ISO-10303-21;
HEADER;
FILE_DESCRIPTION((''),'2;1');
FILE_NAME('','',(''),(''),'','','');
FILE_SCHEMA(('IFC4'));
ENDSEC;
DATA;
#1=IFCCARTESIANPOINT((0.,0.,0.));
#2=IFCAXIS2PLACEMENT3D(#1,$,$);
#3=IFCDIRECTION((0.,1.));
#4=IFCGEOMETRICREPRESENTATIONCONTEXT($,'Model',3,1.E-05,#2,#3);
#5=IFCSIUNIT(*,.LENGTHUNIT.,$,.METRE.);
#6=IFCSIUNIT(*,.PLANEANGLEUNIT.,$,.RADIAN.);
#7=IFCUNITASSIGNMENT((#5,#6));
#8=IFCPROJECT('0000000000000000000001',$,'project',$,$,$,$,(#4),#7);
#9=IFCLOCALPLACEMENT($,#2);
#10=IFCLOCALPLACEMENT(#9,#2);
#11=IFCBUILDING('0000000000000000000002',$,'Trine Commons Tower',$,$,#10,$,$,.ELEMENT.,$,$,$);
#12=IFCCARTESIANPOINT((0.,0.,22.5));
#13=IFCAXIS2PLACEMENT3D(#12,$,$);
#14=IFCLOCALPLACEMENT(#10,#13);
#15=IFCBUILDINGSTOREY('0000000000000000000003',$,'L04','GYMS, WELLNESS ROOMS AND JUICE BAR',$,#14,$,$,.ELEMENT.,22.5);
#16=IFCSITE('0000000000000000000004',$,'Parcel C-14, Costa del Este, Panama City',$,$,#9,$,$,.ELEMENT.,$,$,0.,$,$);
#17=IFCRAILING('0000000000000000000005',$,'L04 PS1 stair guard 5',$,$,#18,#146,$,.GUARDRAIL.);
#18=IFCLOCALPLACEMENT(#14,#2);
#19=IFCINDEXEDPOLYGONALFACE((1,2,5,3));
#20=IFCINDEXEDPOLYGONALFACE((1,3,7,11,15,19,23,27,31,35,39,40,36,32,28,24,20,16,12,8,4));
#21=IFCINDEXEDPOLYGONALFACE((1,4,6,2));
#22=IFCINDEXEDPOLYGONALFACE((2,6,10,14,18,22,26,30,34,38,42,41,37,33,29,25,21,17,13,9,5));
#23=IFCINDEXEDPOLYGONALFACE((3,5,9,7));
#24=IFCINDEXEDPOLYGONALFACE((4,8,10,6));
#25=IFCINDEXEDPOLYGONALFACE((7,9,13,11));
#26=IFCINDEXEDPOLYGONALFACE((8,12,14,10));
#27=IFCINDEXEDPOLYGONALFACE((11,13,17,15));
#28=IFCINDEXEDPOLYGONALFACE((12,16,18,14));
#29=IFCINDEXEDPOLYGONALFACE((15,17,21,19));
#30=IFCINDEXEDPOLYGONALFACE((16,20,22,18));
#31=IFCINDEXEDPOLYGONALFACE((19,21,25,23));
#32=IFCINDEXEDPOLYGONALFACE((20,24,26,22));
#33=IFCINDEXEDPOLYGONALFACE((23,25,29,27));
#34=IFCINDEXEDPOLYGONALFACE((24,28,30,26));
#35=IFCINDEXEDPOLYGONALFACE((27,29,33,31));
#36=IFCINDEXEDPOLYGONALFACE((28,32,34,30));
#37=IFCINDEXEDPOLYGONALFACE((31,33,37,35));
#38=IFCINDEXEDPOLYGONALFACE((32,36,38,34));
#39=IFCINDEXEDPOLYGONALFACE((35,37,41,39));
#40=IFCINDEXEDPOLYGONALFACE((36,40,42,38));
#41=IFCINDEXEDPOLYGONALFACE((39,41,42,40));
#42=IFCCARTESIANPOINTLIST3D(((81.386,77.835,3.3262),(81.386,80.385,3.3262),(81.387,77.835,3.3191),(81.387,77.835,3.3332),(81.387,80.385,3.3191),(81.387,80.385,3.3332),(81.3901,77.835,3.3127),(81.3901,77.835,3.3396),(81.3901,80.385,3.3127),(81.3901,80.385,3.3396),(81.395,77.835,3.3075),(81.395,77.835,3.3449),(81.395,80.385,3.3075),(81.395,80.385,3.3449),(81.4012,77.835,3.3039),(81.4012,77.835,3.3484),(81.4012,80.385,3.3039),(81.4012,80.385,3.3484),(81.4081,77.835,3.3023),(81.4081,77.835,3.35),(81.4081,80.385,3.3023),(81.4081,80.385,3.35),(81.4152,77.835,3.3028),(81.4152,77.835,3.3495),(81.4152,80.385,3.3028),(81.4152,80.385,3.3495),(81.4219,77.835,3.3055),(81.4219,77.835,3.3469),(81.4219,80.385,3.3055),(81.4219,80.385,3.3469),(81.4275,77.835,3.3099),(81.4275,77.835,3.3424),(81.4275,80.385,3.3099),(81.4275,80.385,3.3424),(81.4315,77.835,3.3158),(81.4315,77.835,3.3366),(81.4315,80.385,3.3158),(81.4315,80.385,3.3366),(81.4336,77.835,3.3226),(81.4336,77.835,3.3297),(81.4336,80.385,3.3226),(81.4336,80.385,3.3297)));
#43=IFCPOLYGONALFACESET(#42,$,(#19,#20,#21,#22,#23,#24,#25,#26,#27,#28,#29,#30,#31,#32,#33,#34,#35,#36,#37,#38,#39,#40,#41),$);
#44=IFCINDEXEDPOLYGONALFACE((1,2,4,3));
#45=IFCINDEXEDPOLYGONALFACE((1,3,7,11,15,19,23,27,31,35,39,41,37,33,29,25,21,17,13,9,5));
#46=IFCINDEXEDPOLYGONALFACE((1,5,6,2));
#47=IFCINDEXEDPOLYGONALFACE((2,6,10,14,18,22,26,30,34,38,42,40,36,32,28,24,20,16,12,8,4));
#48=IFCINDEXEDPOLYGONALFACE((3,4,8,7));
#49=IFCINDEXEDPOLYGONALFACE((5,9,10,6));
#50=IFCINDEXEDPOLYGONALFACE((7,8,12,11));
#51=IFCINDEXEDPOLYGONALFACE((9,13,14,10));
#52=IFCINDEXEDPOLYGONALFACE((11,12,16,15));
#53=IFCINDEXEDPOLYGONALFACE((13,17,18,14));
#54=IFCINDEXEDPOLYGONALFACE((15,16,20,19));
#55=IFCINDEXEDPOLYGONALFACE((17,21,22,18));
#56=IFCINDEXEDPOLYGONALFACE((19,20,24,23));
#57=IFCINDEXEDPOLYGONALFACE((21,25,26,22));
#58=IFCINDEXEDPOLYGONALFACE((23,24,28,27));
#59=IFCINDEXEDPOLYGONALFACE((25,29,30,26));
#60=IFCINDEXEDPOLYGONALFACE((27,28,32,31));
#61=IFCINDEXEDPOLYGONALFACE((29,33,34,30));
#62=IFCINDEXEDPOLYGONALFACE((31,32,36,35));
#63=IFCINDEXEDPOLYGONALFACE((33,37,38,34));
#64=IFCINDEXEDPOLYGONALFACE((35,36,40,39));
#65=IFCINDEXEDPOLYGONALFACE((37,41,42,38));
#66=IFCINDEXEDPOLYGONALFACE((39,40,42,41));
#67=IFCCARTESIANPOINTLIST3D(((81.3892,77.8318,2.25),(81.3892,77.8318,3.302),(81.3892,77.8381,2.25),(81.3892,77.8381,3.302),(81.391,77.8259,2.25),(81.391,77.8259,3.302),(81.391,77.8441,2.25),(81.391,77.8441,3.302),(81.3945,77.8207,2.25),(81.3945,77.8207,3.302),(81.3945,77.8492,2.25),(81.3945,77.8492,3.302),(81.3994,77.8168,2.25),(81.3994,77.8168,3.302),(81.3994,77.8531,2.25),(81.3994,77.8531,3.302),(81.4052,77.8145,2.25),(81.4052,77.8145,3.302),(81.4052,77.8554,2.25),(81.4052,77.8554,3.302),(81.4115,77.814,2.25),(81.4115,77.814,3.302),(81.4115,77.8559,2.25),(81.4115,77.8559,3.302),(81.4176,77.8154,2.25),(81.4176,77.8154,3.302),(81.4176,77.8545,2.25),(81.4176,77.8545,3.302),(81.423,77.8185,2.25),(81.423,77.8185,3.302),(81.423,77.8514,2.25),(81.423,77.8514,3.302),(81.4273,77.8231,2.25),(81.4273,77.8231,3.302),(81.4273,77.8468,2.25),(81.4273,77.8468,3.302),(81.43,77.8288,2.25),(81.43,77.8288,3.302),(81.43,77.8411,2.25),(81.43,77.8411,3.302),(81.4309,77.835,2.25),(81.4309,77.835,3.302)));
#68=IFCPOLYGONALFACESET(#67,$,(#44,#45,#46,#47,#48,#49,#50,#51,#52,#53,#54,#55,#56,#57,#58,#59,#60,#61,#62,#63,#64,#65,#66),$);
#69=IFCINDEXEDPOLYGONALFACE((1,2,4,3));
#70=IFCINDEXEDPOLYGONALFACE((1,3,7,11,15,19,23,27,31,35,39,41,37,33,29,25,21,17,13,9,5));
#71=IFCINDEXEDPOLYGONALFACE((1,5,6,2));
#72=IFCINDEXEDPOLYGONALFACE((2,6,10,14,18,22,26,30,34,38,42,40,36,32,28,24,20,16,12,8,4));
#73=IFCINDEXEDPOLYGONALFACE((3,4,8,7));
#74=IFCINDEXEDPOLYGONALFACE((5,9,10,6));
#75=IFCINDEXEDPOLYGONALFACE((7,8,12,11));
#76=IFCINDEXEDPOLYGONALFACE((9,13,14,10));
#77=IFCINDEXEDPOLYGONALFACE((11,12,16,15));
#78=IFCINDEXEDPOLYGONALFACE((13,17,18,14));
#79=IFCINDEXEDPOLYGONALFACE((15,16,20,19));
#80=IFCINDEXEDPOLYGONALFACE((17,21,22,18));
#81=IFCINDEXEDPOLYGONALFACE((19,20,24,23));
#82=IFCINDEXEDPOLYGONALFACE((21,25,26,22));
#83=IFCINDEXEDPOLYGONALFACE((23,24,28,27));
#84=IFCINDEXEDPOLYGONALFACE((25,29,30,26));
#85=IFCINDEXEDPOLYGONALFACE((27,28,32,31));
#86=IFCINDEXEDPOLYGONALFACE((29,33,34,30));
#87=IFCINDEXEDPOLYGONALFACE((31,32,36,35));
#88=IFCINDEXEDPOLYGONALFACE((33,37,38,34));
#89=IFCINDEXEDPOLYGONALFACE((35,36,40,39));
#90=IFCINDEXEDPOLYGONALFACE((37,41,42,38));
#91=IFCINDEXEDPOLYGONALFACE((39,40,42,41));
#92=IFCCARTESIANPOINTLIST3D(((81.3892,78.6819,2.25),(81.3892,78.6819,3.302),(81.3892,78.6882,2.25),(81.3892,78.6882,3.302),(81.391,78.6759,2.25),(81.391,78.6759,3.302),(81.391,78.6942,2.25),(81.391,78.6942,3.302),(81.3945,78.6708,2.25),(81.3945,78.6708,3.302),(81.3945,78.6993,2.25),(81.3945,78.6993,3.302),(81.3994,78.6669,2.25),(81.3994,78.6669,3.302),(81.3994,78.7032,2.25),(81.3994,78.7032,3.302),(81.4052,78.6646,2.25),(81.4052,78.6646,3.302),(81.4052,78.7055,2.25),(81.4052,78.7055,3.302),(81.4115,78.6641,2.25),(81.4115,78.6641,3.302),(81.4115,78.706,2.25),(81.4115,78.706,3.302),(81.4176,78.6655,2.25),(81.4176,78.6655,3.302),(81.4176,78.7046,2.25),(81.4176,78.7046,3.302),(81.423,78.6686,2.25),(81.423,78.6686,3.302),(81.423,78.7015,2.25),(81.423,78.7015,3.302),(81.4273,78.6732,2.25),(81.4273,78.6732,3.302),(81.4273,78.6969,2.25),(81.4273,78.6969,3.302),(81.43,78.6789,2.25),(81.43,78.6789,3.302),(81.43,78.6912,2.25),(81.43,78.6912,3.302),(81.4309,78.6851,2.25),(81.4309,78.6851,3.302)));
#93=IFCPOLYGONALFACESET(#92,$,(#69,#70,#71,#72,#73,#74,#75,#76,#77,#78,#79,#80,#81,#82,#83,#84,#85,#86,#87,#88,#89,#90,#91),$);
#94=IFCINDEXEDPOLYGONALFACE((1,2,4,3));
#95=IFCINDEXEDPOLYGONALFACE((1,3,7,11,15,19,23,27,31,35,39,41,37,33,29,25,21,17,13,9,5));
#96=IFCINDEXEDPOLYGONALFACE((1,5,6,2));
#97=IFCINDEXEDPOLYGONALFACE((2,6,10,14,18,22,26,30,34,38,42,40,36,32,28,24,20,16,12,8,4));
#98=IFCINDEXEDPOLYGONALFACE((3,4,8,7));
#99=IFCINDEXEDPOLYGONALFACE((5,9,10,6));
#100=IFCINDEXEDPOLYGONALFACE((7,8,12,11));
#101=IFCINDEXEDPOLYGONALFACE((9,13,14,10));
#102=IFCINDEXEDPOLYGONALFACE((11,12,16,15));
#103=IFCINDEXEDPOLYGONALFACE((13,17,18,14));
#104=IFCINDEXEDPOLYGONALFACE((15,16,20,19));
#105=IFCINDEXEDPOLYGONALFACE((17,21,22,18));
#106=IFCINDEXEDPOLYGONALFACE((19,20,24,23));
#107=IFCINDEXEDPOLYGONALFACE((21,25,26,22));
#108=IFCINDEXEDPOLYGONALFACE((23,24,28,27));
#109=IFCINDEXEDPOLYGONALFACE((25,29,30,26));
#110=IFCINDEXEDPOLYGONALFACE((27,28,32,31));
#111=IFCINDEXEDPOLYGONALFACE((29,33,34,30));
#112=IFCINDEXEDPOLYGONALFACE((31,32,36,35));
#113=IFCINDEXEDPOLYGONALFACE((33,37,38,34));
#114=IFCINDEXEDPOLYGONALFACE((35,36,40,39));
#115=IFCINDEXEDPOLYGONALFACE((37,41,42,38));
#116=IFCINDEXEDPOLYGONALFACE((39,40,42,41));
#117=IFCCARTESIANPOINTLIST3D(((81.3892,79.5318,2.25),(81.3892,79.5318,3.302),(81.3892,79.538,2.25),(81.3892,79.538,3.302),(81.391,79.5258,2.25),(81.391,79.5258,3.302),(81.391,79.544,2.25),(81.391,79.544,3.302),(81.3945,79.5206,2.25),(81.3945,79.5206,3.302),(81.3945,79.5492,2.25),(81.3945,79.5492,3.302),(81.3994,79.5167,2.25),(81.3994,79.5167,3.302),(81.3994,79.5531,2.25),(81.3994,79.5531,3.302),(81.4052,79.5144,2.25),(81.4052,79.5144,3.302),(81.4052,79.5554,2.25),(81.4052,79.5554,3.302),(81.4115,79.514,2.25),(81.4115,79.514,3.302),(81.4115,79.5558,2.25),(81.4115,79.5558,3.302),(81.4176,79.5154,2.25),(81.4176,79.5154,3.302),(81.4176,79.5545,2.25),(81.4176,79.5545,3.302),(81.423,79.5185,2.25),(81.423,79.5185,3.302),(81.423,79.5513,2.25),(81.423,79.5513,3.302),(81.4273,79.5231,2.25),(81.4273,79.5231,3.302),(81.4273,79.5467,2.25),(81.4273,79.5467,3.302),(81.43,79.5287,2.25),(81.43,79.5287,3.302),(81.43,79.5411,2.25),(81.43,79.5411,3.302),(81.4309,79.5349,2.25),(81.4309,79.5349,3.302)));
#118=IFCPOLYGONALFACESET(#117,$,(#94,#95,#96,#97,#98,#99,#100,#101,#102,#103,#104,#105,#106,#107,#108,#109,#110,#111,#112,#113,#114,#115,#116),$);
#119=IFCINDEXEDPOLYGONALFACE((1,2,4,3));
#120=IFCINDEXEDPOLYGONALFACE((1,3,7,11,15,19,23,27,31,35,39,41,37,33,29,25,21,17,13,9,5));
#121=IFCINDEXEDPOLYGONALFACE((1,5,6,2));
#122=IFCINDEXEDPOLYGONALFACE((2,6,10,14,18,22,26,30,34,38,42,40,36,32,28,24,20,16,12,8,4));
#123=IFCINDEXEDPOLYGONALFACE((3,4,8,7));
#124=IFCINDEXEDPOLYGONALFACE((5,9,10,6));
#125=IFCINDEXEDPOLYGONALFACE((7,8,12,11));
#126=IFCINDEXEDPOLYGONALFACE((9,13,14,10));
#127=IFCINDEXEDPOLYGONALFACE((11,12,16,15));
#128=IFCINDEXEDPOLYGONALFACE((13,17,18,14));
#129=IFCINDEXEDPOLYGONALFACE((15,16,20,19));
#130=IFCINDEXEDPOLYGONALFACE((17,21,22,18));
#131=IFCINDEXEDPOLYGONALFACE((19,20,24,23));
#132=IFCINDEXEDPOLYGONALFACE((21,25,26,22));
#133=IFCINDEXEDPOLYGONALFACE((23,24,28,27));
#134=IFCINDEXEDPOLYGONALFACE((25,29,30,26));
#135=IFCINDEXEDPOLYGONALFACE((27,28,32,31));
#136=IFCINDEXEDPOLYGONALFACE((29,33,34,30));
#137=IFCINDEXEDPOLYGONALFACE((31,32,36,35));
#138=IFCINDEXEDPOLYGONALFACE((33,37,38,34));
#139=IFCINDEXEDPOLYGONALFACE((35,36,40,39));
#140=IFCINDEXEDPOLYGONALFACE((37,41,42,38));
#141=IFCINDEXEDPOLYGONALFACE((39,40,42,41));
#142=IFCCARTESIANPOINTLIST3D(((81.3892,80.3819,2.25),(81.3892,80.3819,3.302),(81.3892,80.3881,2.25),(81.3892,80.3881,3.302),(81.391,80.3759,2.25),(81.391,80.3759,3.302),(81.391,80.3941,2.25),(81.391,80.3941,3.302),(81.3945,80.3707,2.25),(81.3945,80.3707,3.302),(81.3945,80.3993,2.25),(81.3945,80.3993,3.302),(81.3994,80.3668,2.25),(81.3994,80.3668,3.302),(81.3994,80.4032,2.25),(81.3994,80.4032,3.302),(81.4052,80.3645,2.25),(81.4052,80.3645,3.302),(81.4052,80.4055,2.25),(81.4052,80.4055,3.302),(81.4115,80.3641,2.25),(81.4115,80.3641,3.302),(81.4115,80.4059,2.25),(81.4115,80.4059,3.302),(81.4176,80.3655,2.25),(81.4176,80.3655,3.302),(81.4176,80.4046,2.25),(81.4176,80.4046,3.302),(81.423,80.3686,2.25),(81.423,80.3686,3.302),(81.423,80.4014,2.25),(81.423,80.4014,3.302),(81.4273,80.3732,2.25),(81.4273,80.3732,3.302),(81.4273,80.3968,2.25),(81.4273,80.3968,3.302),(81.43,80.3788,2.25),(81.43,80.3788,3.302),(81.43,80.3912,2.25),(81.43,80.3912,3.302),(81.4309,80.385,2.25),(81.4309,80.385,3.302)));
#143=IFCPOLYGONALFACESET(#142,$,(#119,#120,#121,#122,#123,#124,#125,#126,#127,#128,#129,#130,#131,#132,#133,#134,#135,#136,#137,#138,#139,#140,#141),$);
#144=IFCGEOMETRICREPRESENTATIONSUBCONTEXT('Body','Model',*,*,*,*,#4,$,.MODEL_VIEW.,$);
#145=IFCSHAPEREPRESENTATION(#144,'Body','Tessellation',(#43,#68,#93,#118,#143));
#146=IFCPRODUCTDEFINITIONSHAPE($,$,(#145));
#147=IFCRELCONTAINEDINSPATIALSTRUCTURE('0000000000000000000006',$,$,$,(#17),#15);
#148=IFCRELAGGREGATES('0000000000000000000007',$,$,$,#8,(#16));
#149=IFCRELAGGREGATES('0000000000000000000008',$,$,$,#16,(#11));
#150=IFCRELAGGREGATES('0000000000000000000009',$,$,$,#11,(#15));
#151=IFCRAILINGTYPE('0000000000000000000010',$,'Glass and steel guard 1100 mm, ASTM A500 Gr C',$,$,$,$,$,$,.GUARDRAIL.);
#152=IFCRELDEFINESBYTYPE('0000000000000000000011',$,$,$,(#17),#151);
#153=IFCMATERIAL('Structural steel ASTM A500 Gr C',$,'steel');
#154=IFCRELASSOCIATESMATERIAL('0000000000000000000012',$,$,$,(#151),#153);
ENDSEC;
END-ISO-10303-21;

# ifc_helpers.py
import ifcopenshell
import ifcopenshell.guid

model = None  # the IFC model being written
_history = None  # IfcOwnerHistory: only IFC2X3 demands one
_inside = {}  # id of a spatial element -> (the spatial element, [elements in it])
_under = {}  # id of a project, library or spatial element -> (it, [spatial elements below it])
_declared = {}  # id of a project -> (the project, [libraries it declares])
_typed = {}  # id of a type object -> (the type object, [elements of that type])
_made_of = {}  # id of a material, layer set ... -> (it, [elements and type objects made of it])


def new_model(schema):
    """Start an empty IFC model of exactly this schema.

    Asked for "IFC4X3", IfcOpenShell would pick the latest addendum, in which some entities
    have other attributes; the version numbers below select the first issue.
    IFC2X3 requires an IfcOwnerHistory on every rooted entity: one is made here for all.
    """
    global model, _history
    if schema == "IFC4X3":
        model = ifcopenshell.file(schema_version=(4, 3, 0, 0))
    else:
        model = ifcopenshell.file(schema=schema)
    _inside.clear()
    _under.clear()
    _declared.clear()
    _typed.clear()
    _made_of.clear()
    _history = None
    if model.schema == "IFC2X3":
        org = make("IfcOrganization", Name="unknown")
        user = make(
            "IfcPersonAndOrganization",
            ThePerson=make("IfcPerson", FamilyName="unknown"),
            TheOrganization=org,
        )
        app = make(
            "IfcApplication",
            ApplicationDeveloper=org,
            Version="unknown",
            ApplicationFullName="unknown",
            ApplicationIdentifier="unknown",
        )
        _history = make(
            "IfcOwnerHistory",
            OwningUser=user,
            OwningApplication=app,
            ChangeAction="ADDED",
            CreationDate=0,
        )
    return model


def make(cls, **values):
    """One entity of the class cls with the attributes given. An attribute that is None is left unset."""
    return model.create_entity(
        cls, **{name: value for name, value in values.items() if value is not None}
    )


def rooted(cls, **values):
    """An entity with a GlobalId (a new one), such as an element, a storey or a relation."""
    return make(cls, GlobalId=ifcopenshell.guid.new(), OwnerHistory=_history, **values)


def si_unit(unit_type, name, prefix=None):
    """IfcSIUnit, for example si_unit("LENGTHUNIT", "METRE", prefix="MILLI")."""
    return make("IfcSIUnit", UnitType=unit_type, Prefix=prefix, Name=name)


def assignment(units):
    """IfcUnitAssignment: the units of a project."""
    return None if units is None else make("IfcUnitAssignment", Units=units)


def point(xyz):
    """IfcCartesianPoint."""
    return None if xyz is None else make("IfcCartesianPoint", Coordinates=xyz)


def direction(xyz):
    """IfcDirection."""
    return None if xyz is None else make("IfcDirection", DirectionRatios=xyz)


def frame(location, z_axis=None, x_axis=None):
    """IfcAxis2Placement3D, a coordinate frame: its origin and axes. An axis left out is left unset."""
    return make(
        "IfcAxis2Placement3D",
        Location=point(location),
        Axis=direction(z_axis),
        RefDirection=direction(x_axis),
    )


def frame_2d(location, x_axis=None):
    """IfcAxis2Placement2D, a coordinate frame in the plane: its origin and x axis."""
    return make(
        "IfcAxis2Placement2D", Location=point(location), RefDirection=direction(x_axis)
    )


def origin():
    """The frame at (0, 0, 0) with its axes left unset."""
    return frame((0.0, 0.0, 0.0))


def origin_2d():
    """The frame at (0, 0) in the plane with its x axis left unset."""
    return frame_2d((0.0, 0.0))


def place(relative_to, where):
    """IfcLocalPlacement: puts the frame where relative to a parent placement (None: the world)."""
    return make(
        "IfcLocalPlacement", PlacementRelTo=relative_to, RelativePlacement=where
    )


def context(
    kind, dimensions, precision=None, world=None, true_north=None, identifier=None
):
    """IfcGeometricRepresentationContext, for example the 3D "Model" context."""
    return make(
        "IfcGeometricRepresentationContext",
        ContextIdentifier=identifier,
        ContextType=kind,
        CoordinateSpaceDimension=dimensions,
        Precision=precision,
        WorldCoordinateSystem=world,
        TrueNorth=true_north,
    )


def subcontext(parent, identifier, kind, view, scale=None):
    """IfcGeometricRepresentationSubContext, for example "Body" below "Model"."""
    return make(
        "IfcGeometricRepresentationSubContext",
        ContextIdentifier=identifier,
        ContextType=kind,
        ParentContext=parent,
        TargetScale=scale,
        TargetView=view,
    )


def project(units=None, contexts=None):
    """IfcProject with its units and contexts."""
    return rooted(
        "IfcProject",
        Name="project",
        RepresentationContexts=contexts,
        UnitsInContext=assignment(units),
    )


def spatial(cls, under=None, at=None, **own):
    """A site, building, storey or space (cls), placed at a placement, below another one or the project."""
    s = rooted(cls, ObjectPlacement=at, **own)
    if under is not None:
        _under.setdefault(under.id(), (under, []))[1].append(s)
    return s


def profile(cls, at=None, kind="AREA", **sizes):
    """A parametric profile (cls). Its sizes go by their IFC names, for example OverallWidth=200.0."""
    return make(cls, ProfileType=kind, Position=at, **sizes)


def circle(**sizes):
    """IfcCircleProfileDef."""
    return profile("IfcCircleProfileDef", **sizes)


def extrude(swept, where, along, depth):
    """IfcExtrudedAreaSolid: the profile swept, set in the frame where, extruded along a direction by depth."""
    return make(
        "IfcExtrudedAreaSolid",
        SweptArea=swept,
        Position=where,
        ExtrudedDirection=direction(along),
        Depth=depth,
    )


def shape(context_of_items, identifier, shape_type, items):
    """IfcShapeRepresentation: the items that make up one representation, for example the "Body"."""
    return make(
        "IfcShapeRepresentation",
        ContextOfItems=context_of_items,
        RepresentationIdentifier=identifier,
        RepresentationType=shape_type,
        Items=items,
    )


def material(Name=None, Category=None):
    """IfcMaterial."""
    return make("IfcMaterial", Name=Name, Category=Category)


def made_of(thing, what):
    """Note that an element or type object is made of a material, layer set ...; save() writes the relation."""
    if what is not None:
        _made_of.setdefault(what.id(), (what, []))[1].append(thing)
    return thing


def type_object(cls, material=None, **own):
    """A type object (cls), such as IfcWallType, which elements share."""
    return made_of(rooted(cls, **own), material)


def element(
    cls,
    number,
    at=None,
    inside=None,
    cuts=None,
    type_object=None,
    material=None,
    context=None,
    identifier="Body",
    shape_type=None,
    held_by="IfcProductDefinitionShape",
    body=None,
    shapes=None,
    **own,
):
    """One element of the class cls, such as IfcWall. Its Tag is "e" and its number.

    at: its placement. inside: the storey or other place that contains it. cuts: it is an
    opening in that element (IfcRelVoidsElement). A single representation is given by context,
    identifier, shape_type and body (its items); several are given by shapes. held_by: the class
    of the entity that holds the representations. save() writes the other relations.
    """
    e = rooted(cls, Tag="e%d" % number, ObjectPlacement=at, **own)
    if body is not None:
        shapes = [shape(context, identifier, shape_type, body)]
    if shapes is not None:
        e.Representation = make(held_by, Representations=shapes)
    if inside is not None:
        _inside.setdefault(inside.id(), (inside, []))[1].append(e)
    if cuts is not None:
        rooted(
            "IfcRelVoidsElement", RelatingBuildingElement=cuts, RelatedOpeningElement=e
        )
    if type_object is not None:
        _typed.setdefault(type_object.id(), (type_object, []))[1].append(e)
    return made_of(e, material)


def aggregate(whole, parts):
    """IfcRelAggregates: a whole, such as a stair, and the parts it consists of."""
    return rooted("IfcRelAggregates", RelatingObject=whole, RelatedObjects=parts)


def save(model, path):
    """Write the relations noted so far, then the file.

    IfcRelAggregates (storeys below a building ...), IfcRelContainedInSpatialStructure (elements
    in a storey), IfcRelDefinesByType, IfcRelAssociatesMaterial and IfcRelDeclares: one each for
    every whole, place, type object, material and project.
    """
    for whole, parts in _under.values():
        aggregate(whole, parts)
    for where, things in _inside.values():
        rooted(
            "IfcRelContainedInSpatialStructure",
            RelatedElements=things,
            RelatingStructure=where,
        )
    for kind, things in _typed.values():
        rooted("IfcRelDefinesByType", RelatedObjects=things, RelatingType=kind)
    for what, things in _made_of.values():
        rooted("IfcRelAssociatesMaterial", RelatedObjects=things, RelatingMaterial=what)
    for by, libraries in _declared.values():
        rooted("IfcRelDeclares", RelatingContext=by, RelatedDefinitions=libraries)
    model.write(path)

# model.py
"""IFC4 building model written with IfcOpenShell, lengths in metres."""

from ifc_helpers import new_model, si_unit, direction, frame, origin, origin_2d, place, context, subcontext, project, spatial, circle, extrude, material, type_object, element, save


model = new_model("IFC4")

# Units and contexts
model_context = context("Model", 3, precision=1e-05, world=origin(), true_north=direction((0.0, 1.0)))
body_context = subcontext(model_context, "Body", "Model", "MODEL_VIEW")
ifc_project = project(units=[si_unit("LENGTHUNIT", "METRE"), si_unit("PLANEANGLEUNIT", "RADIAN")], contexts=[model_context])

# Site, building, storey
site_placement = place(None, origin())
site = spatial("IfcSite", under=ifc_project, at=site_placement, Name="Parcel C-14, Costa del Este, Panama City", CompositionType="ELEMENT", RefElevation=0.0)
building_placement = place(site_placement, origin())
building = spatial("IfcBuilding", under=site, at=building_placement, Name="Trine Commons Tower", CompositionType="ELEMENT")
storey_placement = place(building_placement, frame((0.0, 0.0, 22.5)))
storey = spatial("IfcBuildingStorey", under=building, at=storey_placement, Name="L04", Description="GYMS, WELLNESS ROOMS AND JUICE BAR", CompositionType="ELEMENT", Elevation=22.5)

# Railing
ifc_material_1 = material(Name="Structural steel ASTM A500 Gr C", Category="steel")
railing_type_1 = type_object("IfcRailingType", Name="Glass and steel guard 1100 mm, ASTM A500 Gr C", PredefinedType="GUARDRAIL", material=ifc_material_1)
railing_1_placement = place(storey_placement, frame((81.4099, 77.835, 2.25)))
element("IfcRailing", 1, at=railing_1_placement, inside=storey, type_object=railing_type_1, Name="L04 PS1 stair guard 5", PredefinedType="GUARDRAIL", context=body_context, shape_type="SweptSolid", body=[
    extrude(circle(Radius=0.0239, at=origin_2d()), frame((0.0, 0.0, 1.0762), z_axis=(0.0, 1.0, 0.0), x_axis=(-1.0, 0.0, 0.0)), (0.0, 0.0, 1.0), 2.55),
    extrude(circle(Radius=0.021, at=origin_2d()), origin(), (0.0, 0.0, 1.0), 1.052),
    extrude(circle(Radius=0.021, at=origin_2d()), frame((0.0, 0.8501, 0.0)), (0.0, 0.0, 1.0), 1.052),
    extrude(circle(Radius=0.021, at=origin_2d()), frame((0.0, 1.7, 0.0)), (0.0, 0.0, 1.0), 1.052),
    extrude(circle(Radius=0.021, at=origin_2d()), frame((0.0, 2.55, 0.0)), (0.0, 0.0, 1.0), 1.052),
])

save(model, "model.ifc")
